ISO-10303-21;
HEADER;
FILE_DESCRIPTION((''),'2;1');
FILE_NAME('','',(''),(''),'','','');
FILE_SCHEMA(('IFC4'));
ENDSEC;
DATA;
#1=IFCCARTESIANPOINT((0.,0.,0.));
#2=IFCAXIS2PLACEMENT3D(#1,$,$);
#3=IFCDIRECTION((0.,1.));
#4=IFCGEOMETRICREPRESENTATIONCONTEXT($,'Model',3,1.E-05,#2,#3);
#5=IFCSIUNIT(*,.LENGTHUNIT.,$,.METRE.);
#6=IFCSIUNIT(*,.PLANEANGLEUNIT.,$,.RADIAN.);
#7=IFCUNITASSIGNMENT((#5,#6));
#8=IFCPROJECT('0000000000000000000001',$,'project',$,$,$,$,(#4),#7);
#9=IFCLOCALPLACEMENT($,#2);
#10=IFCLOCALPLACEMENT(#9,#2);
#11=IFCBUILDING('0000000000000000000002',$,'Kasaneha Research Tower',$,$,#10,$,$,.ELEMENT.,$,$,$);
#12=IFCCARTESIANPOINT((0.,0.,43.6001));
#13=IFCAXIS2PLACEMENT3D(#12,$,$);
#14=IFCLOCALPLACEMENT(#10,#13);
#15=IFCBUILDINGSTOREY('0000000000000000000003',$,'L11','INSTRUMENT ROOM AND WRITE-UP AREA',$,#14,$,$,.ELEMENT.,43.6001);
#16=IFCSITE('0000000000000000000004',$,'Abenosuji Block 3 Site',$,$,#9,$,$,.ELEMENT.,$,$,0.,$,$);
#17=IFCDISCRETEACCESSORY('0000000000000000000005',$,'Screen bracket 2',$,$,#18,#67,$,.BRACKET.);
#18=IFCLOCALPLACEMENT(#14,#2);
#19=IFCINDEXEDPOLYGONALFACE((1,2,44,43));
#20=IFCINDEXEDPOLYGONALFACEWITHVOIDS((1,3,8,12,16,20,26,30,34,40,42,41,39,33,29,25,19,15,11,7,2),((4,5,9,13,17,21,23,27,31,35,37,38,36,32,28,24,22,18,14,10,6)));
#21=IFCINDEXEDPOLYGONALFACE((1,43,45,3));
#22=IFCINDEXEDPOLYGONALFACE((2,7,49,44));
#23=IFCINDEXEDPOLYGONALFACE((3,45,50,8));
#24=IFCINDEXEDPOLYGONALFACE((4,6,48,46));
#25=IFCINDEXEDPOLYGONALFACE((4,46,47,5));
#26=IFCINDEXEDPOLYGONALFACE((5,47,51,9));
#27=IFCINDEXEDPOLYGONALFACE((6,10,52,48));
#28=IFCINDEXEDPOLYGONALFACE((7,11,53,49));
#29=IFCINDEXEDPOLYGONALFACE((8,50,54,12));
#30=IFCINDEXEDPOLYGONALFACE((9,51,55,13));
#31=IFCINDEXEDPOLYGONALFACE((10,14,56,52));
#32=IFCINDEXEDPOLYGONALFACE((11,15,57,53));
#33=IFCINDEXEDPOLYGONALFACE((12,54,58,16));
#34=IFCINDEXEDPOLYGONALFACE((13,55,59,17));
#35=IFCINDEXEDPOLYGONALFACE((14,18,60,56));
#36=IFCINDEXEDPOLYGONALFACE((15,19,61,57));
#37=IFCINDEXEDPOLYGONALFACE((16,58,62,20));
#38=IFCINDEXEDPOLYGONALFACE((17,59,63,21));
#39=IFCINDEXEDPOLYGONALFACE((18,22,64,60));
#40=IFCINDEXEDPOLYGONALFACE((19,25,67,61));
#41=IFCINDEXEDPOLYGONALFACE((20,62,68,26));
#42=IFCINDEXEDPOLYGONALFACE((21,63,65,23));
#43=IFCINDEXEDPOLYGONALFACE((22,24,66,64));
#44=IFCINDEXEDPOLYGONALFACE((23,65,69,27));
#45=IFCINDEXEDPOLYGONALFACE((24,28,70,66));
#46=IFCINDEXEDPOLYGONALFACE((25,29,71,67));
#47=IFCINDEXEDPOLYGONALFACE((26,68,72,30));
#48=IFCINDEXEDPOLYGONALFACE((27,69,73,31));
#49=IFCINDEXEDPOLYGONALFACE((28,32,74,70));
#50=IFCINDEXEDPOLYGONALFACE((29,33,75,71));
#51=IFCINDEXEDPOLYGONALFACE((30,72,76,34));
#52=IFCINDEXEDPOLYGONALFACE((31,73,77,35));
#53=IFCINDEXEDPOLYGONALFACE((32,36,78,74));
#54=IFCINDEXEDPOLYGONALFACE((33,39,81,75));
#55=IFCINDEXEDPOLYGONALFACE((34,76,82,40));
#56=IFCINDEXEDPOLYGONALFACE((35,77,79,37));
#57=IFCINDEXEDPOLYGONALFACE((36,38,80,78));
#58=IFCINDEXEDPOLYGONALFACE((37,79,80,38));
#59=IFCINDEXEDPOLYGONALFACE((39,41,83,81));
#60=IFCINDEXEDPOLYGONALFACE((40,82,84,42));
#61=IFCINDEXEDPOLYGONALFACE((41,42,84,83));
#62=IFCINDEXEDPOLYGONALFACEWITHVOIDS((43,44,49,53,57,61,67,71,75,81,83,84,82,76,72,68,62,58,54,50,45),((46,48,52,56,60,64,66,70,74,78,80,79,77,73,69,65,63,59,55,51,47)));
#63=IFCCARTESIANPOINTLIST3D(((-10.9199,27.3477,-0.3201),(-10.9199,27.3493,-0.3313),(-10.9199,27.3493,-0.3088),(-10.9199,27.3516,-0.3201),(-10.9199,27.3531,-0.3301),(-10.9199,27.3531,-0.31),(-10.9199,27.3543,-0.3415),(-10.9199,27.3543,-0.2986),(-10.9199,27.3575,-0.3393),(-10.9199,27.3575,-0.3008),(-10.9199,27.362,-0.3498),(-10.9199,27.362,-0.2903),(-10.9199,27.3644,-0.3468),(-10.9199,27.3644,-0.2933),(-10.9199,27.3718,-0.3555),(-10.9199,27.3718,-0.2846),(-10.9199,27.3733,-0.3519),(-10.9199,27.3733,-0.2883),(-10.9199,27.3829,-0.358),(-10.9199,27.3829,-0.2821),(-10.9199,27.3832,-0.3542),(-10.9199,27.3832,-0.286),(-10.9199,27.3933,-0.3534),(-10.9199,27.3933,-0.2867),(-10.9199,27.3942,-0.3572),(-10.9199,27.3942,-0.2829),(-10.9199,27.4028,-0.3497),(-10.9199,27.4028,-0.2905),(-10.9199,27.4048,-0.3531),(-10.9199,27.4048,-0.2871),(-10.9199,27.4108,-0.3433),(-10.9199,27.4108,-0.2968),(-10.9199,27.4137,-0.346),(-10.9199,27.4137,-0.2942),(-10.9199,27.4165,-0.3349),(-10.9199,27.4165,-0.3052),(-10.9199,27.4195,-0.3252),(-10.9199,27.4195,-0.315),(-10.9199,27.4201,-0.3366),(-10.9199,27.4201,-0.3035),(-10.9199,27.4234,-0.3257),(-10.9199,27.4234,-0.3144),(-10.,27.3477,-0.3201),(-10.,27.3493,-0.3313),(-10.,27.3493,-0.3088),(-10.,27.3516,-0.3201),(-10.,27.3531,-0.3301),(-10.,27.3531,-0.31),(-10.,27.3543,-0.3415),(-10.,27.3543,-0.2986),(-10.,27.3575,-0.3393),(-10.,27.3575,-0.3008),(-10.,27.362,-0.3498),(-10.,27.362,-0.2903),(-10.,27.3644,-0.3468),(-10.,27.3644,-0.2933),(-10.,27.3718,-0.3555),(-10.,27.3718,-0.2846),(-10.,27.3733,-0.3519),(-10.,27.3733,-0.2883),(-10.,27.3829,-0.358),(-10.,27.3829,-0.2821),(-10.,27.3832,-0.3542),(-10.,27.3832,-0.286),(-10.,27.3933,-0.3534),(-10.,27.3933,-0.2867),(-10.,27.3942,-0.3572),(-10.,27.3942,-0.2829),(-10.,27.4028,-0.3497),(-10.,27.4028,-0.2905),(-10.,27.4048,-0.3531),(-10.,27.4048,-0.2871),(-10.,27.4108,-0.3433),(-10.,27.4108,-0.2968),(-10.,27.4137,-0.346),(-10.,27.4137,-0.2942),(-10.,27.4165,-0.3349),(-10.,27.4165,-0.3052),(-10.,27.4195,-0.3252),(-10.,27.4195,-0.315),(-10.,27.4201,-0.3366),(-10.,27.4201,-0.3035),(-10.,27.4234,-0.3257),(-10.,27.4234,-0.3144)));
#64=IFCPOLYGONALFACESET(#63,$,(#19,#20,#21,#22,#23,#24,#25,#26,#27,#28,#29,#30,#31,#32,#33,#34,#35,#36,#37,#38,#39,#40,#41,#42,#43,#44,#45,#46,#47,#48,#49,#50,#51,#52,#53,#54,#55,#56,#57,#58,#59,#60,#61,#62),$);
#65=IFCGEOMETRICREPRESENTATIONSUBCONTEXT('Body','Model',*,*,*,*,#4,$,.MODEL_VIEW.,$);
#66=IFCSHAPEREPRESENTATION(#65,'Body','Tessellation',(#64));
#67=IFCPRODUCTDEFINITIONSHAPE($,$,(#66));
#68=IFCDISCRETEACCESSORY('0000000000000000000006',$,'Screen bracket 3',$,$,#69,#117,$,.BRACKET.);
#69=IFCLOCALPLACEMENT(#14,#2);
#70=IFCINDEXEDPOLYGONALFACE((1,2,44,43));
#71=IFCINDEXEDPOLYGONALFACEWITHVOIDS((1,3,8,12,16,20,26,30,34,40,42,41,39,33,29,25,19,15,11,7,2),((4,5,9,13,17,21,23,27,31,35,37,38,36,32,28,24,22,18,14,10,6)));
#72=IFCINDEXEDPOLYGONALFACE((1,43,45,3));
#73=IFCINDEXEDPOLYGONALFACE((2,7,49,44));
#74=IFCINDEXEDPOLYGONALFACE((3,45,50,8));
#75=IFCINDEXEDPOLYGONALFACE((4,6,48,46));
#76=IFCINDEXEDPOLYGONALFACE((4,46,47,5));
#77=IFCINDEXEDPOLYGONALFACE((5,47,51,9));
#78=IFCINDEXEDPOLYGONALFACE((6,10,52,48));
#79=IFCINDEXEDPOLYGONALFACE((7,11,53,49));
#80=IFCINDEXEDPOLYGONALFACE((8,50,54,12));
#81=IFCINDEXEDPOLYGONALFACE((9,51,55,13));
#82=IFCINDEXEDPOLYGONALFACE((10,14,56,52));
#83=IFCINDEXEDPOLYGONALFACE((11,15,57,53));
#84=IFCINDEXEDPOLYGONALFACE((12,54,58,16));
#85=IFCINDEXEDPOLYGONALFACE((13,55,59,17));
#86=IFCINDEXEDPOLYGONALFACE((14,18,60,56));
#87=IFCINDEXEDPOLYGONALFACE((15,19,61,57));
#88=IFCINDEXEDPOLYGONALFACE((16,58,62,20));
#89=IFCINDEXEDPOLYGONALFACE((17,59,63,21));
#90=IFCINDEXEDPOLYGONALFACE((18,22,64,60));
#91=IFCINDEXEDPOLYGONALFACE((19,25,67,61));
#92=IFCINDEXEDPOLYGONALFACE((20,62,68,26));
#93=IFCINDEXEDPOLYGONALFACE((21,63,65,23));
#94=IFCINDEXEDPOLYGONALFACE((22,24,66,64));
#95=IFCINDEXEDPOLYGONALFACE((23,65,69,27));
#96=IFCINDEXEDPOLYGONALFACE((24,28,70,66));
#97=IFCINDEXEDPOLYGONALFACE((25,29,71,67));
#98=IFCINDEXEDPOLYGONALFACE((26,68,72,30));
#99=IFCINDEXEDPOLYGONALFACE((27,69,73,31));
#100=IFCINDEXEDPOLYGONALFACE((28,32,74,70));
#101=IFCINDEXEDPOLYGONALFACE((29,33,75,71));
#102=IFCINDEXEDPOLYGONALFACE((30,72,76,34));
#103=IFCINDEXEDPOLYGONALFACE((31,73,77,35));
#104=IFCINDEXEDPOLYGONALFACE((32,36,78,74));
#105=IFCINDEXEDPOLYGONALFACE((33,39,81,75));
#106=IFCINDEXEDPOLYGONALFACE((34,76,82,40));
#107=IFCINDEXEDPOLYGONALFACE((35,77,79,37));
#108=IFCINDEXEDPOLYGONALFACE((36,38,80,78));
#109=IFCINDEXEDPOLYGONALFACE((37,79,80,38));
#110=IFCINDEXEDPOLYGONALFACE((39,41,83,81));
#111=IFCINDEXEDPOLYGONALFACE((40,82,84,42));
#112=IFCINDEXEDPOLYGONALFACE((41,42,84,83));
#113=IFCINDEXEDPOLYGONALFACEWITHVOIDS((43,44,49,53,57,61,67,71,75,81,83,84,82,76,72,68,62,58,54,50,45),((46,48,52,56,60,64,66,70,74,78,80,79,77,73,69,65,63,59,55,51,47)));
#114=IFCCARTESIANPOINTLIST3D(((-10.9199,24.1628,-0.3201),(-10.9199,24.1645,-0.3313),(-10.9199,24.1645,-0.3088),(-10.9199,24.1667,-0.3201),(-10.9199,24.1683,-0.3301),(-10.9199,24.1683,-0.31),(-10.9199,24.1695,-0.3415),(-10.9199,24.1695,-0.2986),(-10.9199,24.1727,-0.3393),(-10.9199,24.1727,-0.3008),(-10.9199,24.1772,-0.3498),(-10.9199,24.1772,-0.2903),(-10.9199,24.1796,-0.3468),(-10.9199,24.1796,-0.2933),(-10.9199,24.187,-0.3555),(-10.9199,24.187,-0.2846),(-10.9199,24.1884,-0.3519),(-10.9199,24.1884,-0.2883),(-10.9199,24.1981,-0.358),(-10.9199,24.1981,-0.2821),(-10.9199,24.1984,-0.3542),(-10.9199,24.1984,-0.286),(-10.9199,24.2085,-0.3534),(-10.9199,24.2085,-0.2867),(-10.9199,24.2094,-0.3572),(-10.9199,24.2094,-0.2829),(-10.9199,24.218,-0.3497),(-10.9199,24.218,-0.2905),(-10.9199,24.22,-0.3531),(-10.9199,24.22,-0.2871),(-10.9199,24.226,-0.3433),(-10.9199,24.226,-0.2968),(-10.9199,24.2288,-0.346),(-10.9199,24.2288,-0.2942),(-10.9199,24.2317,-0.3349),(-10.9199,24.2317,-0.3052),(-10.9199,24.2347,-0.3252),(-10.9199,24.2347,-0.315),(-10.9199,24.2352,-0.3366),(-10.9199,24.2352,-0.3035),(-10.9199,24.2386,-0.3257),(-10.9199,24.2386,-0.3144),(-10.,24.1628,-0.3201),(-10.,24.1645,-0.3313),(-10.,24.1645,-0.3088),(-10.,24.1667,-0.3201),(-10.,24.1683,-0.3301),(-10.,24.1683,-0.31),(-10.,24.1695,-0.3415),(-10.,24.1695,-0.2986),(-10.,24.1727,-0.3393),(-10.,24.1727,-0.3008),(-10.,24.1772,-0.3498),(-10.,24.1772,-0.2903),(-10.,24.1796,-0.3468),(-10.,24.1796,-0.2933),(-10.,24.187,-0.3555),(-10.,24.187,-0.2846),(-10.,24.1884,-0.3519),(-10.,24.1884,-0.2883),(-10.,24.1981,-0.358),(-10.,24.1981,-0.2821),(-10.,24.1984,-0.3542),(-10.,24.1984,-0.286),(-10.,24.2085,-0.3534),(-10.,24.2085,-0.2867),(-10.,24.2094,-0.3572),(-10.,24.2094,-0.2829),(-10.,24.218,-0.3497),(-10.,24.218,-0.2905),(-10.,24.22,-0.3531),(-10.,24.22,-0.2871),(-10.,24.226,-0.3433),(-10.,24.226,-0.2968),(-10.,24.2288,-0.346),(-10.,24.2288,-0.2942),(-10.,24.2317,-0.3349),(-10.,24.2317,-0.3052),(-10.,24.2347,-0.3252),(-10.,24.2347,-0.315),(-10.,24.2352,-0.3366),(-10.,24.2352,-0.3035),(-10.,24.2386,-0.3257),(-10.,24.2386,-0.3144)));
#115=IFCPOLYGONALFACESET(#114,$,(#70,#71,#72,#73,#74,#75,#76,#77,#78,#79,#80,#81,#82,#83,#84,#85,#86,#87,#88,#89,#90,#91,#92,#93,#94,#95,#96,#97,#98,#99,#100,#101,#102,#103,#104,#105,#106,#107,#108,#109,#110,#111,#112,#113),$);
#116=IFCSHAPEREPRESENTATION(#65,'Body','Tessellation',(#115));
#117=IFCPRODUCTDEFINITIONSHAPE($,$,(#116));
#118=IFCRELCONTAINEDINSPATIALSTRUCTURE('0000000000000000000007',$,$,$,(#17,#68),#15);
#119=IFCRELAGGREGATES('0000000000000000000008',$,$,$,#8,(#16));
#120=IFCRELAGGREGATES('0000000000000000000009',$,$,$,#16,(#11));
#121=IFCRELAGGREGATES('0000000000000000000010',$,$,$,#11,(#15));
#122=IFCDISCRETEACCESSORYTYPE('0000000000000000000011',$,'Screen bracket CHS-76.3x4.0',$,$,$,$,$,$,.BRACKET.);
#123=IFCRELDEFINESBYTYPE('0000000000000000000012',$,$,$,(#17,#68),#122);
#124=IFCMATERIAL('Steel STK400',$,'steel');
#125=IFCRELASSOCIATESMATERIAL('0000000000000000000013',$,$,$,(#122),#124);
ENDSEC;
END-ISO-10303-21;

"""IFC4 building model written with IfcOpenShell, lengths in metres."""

from ifc_helpers import new_model, si_unit, direction, frame, origin, origin_2d, place, context, subcontext, project, spatial, hollow_circle, extrude, material, material_profile, profile_set, type_object, element, save


model = new_model("IFC4")

# Units and contexts
model_context = context("Model", 3, precision=1e-05, world=origin(), true_north=direction((0.0, 1.0)))
body_context = subcontext(model_context, "Body", "Model", "MODEL_VIEW")
ifc_project = project(units=[si_unit("LENGTHUNIT", "METRE"), si_unit("PLANEANGLEUNIT", "RADIAN")], contexts=[model_context])

# Site, building, storey
site_placement = place(None, origin())
site = spatial("IfcSite", under=ifc_project, at=site_placement, Name="Abenosuji Block 3 Site", CompositionType="ELEMENT", RefElevation=0.0)
building_placement = place(site_placement, origin())
building = spatial("IfcBuilding", under=site, at=building_placement, Name="Kasaneha Research Tower", CompositionType="ELEMENT")
storey_placement = place(building_placement, frame((0.0, 0.0, 43.6001)))
storey = spatial("IfcBuildingStorey", under=building, at=storey_placement, Name="L11", Description="INSTRUMENT ROOM AND WRITE-UP AREA", CompositionType="ELEMENT", Elevation=43.6001)

# Discrete accessories
ifc_material_1 = material(Name="Steel STK400", Category="steel")
ifc_material_profile_1 = material_profile(ifc_material_1, hollow_circle(Radius=0.0381, WallThickness=0.0039, at=origin_2d()), Name="CHS-76.3x4.0")
ifc_profile_set_1 = profile_set([ifc_material_profile_1], Name="Steel STK400")
discrete_accessory_type = type_object("IfcDiscreteAccessoryType", Name="Screen bracket CHS-76.3x4.0", PredefinedType="BRACKET", material=ifc_profile_set_1)
for number, where, z_axis, x_axis, name in (
    (1, (-10.0, 27.3857, -0.3201), (-1.0, 0.0, 0.0), (0.0, -1.0, 0.0), "Screen bracket 2"),
    (2, (-10.0, 24.2009, -0.3201), (-1.0, 0.0, 0.0), (0.0, -1.0, 0.0), "Screen bracket 3"),
):
    element("IfcDiscreteAccessory", number, at=place(storey_placement, frame(where, z_axis=z_axis, x_axis=x_axis)), inside=storey, type_object=discrete_accessory_type, Name=name, PredefinedType="BRACKET", context=body_context, shape_type="SweptSolid", body=[
        extrude(hollow_circle(Radius=0.0381, WallThickness=0.0039, at=origin_2d()), origin(), (0.0, 0.0, 1.0), 0.9199),
    ])

save(model, "model.ifc")
